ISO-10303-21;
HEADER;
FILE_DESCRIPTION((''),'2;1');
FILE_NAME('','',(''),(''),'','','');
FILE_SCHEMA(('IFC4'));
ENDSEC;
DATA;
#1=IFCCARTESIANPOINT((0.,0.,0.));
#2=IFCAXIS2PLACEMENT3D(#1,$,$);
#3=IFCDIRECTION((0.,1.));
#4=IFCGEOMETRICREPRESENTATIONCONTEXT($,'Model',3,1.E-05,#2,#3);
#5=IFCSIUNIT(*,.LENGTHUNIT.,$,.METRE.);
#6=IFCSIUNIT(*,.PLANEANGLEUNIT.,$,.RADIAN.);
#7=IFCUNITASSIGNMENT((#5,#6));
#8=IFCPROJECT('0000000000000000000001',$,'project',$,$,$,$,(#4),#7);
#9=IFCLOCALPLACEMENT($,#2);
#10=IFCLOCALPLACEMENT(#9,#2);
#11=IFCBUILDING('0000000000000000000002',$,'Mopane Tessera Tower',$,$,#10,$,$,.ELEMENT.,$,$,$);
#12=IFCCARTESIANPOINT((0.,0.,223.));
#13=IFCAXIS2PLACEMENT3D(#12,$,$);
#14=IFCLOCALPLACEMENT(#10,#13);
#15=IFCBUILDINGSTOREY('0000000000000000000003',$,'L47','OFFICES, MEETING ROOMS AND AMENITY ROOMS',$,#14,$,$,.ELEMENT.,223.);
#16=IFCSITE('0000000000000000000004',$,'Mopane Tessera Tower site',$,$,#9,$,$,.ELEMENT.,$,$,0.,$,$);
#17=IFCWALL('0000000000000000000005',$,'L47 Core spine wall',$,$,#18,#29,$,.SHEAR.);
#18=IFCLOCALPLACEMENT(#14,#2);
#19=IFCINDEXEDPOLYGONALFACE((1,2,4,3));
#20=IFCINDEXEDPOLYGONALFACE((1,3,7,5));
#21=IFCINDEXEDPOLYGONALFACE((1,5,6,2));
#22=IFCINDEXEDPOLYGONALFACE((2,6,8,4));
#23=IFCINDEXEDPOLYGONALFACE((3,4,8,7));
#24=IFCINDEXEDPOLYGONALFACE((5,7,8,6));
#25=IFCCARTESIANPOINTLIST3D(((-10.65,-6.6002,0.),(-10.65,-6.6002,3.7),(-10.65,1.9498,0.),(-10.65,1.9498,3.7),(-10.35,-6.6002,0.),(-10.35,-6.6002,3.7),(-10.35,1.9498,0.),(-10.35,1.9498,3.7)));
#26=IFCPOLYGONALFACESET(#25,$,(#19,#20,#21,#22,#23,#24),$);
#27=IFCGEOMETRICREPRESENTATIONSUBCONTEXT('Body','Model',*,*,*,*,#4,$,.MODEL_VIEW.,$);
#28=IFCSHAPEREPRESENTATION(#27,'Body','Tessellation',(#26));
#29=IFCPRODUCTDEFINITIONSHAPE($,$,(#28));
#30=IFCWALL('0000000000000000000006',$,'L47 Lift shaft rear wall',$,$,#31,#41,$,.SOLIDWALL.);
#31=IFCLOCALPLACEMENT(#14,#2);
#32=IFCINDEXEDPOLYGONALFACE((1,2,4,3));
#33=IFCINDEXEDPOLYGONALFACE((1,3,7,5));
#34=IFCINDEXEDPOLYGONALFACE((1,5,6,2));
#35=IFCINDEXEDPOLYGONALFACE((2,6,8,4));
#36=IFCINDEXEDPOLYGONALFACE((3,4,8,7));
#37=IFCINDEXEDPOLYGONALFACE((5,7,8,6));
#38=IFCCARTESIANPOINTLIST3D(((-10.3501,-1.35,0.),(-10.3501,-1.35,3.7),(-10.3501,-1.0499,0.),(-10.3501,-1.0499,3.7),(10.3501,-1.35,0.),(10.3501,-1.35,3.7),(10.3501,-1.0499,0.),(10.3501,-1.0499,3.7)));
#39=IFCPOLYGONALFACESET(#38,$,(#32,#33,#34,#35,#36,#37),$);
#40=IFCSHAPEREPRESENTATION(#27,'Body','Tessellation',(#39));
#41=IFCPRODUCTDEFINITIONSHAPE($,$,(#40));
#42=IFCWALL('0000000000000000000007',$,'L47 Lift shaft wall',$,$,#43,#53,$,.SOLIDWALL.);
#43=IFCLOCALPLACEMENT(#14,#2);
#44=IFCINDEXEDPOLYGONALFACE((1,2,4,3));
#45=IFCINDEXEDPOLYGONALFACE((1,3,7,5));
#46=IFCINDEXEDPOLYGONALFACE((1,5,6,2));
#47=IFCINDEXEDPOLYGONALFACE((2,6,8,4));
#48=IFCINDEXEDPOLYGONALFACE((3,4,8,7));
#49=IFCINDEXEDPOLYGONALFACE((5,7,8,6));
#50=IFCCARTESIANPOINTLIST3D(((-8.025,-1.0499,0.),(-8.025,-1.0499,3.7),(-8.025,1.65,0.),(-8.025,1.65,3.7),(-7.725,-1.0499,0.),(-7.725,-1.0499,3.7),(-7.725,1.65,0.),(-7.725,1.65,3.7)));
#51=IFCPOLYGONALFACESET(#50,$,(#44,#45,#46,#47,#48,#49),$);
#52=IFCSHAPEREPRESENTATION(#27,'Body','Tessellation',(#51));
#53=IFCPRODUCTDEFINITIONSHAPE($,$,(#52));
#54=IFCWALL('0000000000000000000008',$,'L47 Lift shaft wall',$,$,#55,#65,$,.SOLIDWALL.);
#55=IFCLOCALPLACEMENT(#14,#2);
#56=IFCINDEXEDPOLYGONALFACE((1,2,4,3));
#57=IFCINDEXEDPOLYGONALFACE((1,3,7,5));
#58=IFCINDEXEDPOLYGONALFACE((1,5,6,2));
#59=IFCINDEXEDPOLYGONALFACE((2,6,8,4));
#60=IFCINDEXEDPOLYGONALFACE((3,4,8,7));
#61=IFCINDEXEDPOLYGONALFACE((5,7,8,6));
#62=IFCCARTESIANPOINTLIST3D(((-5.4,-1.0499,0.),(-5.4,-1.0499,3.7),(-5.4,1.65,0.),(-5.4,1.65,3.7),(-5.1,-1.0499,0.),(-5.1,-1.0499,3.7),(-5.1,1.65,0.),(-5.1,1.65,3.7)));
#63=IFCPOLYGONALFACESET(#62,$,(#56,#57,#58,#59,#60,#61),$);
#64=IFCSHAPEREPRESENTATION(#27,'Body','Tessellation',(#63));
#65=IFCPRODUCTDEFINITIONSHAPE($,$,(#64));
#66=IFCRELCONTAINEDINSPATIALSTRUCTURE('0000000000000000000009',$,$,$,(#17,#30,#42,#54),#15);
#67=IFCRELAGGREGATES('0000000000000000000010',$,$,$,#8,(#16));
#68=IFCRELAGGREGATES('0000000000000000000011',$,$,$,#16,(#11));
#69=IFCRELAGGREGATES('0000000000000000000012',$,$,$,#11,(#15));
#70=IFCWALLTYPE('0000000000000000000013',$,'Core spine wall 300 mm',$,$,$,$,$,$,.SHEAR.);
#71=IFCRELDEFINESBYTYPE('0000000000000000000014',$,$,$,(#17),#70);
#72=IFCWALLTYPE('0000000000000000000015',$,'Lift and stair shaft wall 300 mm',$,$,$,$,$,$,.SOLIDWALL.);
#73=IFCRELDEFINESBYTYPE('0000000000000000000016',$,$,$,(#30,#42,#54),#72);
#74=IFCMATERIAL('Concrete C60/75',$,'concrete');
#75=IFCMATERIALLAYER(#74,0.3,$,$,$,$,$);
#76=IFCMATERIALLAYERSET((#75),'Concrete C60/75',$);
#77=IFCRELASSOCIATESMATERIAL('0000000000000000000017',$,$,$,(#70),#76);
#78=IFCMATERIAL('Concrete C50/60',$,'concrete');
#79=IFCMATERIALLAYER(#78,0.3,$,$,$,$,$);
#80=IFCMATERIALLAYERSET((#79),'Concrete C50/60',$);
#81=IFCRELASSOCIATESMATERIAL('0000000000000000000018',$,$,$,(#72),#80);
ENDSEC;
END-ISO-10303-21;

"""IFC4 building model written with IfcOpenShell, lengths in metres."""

from ifc_helpers import new_model, si_unit, direction, frame, frame_2d, origin, place, context, subcontext, project, spatial, rectangle, extrude, material, layer, layer_set, type_object, element, save


model = new_model("IFC4")

# Units and contexts
model_context = context("Model", 3, precision=1e-05, world=origin(), true_north=direction((0.0, 1.0)))
body_context = subcontext(model_context, "Body", "Model", "MODEL_VIEW")
ifc_project = project(units=[si_unit("LENGTHUNIT", "METRE"), si_unit("PLANEANGLEUNIT", "RADIAN")], contexts=[model_context])

# Site, building, storey
site_placement = place(None, origin())
site = spatial("IfcSite", under=ifc_project, at=site_placement, Name="Mopane Tessera Tower site", CompositionType="ELEMENT", RefElevation=0.0)
building_placement = place(site_placement, origin())
building = spatial("IfcBuilding", under=site, at=building_placement, Name="Mopane Tessera Tower", CompositionType="ELEMENT")
storey_placement = place(building_placement, frame((0.0, 0.0, 223.0)))
storey = spatial("IfcBuildingStorey", under=building, at=storey_placement, Name="L47", Description="OFFICES, MEETING ROOMS AND AMENITY ROOMS", CompositionType="ELEMENT", Elevation=223.0)

# Walls
ifc_material_1 = material(Name="Concrete C60/75", Category="concrete")
ifc_layer_1 = layer(ifc_material_1, 0.3)
ifc_layer_set_1 = layer_set([ifc_layer_1], Name="Concrete C60/75")
wall_type_1 = type_object("IfcWallType", Name="Core spine wall 300 mm", PredefinedType="SHEAR", material=ifc_layer_set_1)
wall_1_placement = place(storey_placement, frame((-10.5, -6.6001, 0.0), z_axis=(0.0, 0.0, 1.0), x_axis=(0.0, 1.0, 0.0)))
element("IfcWall", 1, at=wall_1_placement, inside=storey, type_object=wall_type_1, Name="L47 Core spine wall", PredefinedType="SHEAR", context=body_context, shape_type="SweptSolid", body=[
    extrude(rectangle(XDim=8.55, YDim=0.3, at=frame_2d((4.2749, 0.0))), origin(), (0.0, 0.0, 1.0), 3.7),
])
ifc_material_2 = material(Name="Concrete C50/60", Category="concrete")
ifc_layer_2 = layer(ifc_material_2, 0.3)
ifc_layer_set_2 = layer_set([ifc_layer_2], Name="Concrete C50/60")
wall_type_2 = type_object("IfcWallType", Name="Lift and stair shaft wall 300 mm", PredefinedType="SOLIDWALL", material=ifc_layer_set_2)
wall_2_placement = place(storey_placement, frame((-10.3501, -1.2, 0.0), z_axis=(0.0, 0.0, 1.0), x_axis=(1.0, 0.0, 0.0)))
element("IfcWall", 2, at=wall_2_placement, inside=storey, type_object=wall_type_2, Name="L47 Lift shaft rear wall", PredefinedType="SOLIDWALL", context=body_context, shape_type="SweptSolid", body=[
    extrude(rectangle(XDim=20.7002, YDim=0.3, at=frame_2d((10.3501, 0.0))), origin(), (0.0, 0.0, 1.0), 3.7),
])
for number, where, z_axis, x_axis, name in (
    (3, (-7.875, -1.05, 0.0), (0.0, 0.0, 1.0), (0.0, 1.0, 0.0), "L47 Lift shaft wall"),
    (4, (-5.25, -1.05, 0.0), (0.0, 0.0, 1.0), (0.0, 1.0, 0.0), "L47 Lift shaft wall"),
):
    element("IfcWall", number, at=place(storey_placement, frame(where, z_axis=z_axis, x_axis=x_axis)), inside=storey, type_object=wall_type_2, Name=name, PredefinedType="SOLIDWALL", context=body_context, shape_type="SweptSolid", body=[
        extrude(rectangle(XDim=2.7, YDim=0.3, at=frame_2d((1.3501, 0.0))), origin(), (0.0, 0.0, 1.0), 3.7),
    ])

save(model, "model.ifc")
